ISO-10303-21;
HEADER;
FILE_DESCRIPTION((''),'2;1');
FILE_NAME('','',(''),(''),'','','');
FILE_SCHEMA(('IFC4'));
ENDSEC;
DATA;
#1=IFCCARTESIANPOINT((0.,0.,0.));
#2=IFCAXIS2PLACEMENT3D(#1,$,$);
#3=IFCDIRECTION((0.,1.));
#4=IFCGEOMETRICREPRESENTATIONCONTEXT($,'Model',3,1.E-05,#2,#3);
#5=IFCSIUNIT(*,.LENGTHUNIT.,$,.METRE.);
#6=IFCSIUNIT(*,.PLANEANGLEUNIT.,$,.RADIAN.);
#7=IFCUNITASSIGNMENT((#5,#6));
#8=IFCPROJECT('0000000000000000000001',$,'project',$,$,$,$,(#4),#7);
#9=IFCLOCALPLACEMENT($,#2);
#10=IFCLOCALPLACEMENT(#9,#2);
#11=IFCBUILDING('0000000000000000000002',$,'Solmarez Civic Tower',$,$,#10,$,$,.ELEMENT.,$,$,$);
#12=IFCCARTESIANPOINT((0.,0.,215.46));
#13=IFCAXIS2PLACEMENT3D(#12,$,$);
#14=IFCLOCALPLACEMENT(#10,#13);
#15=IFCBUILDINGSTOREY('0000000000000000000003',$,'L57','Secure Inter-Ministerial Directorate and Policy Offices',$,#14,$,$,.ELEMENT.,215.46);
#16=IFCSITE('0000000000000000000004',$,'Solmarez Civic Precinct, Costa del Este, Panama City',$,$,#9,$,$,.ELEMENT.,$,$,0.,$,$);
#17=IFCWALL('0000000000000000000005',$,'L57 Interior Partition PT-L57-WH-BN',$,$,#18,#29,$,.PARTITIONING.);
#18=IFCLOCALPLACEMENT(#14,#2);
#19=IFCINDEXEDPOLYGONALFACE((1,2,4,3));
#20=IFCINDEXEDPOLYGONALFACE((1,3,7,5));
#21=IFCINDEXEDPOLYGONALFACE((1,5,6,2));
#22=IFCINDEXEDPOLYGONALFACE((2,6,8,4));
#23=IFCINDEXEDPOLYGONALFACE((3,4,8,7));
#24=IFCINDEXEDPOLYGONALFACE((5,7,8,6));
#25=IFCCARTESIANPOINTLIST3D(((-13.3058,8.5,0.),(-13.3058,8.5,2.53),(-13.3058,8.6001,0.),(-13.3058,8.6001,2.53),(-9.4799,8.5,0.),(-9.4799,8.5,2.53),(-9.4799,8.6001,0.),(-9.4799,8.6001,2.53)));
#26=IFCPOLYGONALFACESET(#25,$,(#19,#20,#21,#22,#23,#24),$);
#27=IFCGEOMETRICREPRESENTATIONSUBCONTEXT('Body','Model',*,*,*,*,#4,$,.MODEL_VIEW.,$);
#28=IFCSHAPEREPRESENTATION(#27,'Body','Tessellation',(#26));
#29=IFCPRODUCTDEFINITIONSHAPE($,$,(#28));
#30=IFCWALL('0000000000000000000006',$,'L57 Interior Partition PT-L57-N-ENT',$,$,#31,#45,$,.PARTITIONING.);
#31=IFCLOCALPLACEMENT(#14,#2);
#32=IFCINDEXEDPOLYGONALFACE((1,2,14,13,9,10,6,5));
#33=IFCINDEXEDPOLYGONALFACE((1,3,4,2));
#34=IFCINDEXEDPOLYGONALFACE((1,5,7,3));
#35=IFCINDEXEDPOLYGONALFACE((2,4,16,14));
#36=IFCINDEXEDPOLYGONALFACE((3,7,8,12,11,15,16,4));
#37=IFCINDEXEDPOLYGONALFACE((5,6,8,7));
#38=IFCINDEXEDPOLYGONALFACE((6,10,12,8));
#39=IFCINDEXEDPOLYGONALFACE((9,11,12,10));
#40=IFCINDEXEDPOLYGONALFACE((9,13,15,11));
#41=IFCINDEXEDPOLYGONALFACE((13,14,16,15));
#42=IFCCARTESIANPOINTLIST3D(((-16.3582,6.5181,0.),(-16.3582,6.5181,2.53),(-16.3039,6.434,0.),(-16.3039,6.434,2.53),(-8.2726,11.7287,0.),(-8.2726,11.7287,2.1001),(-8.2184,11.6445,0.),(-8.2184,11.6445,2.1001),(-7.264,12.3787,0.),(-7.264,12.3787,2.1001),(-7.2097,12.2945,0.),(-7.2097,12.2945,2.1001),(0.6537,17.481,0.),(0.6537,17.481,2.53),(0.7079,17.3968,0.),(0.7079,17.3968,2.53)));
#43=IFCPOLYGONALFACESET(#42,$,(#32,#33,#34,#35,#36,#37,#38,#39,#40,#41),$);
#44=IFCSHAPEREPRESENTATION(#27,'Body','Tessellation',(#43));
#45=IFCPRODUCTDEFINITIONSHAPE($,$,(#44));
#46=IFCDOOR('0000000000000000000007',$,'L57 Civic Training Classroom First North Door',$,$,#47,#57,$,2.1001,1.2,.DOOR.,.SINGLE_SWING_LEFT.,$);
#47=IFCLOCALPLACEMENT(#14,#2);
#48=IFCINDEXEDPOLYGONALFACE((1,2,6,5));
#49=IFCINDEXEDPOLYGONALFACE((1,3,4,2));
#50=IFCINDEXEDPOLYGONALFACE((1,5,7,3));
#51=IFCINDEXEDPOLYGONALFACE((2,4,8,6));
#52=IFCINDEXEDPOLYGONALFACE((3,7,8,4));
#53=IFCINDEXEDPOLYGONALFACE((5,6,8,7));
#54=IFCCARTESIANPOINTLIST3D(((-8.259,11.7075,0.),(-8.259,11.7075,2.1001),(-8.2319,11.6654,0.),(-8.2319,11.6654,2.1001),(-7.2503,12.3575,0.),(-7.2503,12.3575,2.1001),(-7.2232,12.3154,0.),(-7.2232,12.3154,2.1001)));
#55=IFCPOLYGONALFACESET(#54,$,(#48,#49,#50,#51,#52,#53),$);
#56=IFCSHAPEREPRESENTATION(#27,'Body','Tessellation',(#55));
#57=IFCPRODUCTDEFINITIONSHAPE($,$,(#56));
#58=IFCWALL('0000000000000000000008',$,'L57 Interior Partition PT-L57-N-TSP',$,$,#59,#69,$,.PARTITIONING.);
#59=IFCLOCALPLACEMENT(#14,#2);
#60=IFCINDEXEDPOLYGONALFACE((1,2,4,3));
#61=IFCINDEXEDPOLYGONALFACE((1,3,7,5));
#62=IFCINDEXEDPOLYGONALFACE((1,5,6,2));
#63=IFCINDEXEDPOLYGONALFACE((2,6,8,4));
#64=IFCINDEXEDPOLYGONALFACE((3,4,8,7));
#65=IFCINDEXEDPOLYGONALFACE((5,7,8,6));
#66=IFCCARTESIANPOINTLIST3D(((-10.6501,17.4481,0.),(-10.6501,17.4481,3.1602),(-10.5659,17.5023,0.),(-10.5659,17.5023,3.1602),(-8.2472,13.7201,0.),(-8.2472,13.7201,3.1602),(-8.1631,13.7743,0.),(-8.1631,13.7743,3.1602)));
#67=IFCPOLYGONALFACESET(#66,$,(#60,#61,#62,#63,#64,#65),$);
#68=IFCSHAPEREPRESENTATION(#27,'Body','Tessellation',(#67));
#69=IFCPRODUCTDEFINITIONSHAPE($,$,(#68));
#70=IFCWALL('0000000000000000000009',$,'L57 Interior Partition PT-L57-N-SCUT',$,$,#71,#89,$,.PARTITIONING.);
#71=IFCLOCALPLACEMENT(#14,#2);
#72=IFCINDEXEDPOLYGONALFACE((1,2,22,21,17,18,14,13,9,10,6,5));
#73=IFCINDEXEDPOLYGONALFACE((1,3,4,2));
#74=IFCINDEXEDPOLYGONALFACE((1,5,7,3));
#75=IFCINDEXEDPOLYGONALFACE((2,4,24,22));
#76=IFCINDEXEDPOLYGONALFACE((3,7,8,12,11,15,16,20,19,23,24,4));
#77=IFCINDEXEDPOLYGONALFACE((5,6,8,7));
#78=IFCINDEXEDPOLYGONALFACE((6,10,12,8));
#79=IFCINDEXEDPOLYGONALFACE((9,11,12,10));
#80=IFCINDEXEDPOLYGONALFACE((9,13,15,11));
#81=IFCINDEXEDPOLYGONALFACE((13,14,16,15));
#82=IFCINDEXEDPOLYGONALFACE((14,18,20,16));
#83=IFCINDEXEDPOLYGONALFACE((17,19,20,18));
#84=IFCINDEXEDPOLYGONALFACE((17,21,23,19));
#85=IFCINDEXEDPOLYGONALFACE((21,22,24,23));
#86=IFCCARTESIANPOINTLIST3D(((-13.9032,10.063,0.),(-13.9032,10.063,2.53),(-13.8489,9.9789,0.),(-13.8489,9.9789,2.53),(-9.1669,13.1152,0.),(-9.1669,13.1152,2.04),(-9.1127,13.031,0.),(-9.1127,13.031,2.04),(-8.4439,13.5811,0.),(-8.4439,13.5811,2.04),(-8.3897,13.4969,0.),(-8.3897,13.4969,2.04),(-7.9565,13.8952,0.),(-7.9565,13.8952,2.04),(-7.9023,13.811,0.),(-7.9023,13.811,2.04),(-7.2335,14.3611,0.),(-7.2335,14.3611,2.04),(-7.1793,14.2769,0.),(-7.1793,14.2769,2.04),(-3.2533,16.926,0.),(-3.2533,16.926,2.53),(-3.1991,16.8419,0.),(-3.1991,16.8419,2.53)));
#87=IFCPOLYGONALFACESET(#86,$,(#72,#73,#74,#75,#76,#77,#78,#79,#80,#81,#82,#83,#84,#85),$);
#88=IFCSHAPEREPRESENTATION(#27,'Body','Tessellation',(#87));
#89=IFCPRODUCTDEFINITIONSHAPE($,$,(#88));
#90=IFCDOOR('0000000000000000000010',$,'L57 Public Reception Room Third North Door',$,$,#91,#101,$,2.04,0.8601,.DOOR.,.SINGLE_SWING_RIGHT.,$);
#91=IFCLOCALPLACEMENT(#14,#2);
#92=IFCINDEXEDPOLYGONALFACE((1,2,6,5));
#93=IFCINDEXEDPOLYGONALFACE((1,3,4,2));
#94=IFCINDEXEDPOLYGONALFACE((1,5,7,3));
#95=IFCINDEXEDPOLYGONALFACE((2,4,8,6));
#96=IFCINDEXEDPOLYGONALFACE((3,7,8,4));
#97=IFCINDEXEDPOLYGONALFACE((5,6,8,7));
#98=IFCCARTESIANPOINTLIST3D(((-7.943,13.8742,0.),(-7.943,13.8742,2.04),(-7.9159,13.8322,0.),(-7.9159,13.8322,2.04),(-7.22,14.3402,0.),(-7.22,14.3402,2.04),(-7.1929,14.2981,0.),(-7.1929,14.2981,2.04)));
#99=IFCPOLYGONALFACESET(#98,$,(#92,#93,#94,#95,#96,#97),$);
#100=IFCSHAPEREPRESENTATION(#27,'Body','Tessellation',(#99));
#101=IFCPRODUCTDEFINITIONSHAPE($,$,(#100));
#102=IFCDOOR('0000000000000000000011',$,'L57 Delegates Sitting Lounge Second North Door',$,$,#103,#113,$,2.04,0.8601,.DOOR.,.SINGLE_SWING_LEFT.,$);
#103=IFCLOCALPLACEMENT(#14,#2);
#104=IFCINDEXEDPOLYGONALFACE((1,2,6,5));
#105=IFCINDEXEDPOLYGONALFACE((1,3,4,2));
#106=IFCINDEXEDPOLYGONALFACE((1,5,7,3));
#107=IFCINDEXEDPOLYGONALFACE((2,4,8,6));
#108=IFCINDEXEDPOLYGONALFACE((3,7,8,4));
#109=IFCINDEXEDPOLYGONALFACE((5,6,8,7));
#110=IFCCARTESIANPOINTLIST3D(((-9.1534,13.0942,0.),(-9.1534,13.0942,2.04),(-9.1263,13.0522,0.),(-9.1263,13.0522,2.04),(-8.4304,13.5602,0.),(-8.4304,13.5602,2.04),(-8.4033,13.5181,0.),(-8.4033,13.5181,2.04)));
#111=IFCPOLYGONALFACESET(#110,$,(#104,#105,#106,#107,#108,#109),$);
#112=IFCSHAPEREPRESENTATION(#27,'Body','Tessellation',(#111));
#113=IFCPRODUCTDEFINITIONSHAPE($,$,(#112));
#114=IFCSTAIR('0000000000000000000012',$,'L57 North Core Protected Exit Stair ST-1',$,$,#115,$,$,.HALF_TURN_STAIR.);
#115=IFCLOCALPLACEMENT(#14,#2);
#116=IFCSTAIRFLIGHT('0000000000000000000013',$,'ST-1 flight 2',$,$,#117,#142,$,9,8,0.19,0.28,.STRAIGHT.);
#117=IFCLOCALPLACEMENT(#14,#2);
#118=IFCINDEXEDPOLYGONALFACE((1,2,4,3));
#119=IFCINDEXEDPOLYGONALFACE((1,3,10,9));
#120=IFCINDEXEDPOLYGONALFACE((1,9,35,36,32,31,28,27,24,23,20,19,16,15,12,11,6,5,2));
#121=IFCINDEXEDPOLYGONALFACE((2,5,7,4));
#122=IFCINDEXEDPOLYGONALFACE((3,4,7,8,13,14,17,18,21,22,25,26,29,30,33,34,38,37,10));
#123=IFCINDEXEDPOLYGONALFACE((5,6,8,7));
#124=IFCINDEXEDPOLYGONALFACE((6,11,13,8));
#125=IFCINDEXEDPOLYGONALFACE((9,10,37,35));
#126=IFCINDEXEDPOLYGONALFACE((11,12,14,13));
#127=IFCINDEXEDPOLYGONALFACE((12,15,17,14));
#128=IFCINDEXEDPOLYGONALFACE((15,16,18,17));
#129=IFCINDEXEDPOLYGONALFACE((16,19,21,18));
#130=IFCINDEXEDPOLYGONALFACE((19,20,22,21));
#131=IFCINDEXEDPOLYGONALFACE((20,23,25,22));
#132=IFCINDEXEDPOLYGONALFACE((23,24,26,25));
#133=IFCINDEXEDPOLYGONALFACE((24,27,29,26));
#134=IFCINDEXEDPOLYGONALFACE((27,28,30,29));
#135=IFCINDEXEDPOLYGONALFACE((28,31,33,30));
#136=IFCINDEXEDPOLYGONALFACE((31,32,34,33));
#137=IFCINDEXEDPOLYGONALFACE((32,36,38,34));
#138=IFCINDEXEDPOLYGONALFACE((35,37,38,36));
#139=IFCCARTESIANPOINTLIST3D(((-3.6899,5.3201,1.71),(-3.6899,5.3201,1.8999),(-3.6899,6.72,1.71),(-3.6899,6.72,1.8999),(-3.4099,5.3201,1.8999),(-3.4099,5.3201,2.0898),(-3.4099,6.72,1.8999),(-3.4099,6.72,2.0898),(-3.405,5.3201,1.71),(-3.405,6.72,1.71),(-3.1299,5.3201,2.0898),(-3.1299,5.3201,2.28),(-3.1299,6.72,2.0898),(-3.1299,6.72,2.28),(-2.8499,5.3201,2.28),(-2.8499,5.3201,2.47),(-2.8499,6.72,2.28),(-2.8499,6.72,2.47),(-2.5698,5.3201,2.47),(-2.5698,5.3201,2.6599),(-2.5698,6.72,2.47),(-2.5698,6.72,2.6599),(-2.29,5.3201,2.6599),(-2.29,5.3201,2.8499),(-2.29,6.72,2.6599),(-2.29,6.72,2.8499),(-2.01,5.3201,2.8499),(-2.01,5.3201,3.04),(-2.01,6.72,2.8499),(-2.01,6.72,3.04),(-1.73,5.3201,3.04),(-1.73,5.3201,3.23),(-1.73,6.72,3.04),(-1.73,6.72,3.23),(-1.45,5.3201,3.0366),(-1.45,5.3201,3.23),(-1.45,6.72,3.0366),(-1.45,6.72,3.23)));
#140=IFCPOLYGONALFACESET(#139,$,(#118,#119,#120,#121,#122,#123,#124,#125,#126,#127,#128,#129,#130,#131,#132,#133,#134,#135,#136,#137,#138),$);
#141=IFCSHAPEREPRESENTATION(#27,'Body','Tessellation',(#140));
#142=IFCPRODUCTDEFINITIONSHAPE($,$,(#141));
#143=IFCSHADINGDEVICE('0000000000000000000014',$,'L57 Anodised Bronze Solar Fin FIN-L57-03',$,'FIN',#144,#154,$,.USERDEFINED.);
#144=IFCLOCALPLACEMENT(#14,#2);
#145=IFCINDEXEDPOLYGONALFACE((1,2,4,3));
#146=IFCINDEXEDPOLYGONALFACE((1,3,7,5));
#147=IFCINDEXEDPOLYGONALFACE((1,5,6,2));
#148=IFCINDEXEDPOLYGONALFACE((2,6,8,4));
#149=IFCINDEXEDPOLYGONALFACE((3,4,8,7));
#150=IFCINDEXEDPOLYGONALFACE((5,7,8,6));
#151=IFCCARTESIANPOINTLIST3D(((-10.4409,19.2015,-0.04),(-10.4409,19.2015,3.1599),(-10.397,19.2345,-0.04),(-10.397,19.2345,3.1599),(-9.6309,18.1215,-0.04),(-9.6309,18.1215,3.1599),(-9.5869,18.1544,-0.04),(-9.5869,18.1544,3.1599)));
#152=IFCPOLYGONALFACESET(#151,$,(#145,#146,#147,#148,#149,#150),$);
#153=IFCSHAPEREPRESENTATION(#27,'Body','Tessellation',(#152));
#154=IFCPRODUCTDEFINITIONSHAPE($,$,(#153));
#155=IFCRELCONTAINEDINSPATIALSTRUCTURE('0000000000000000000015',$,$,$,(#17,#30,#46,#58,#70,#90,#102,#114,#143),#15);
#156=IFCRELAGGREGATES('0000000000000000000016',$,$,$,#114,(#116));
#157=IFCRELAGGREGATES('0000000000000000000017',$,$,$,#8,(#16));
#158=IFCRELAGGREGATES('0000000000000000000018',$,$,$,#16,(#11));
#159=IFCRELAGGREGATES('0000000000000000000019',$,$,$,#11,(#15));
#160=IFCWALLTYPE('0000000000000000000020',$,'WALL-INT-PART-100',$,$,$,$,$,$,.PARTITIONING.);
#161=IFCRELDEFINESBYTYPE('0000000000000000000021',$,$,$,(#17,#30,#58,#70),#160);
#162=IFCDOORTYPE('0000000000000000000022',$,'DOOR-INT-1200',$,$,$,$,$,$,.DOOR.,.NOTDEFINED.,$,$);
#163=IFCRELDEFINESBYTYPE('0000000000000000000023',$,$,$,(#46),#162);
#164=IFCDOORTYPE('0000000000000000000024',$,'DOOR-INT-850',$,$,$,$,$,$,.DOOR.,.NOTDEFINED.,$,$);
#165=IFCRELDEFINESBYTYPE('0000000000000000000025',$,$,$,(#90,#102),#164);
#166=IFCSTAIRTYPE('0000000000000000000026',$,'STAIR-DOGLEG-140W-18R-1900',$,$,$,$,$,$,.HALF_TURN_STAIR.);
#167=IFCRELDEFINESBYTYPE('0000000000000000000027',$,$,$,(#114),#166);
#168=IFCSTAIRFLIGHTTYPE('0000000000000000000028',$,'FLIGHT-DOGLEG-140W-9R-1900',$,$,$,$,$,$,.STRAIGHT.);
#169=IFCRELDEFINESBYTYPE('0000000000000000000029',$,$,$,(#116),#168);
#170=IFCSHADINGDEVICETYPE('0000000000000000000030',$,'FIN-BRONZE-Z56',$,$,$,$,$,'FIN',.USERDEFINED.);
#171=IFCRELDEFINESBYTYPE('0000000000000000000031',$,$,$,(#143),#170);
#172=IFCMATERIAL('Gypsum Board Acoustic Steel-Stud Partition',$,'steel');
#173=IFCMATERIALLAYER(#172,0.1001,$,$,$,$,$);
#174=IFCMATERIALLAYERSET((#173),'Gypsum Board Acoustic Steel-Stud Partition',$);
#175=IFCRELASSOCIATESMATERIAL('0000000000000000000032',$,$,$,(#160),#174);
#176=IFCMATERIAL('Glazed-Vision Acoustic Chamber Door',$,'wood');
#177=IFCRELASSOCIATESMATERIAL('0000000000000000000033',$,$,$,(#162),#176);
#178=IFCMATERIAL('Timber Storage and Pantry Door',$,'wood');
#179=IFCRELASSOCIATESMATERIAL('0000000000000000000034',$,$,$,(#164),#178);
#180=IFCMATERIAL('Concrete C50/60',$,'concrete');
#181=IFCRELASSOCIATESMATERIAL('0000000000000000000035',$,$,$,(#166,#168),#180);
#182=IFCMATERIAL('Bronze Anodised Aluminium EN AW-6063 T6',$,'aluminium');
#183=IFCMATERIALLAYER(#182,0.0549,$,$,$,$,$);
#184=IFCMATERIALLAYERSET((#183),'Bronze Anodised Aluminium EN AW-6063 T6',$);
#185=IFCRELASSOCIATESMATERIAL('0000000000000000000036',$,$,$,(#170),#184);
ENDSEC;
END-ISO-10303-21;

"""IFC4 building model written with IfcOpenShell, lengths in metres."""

from ifc_helpers import new_model, si_unit, direction, frame, frame_2d, origin, origin_2d, place, context, subcontext, project, spatial, polyline, rectangle, outline, extrude, material, layer, layer_set, type_object, element, fill, aggregate, save


model = new_model("IFC4")

# Units and contexts
model_context = context("Model", 3, precision=1e-05, world=origin(), true_north=direction((0.0, 1.0)))
body_context = subcontext(model_context, "Body", "Model", "MODEL_VIEW")
ifc_project = project(units=[si_unit("LENGTHUNIT", "METRE"), si_unit("PLANEANGLEUNIT", "RADIAN")], contexts=[model_context])

# Site, building, storey
site_placement = place(None, origin())
site = spatial("IfcSite", under=ifc_project, at=site_placement, Name="Solmarez Civic Precinct, Costa del Este, Panama City", CompositionType="ELEMENT", RefElevation=0.0)
building_placement = place(site_placement, origin())
building = spatial("IfcBuilding", under=site, at=building_placement, Name="Solmarez Civic Tower", CompositionType="ELEMENT")
storey_placement = place(building_placement, frame((0.0, 0.0, 215.46)))
storey = spatial("IfcBuildingStorey", under=building, at=storey_placement, Name="L57", Description="Secure Inter-Ministerial Directorate and Policy Offices", CompositionType="ELEMENT", Elevation=215.46)

# Shared definitions
ifc_material_1 = material(Name="Concrete C50/60", Category="concrete")

# Wall
ifc_material_2 = material(Name="Gypsum Board Acoustic Steel-Stud Partition", Category="steel")
ifc_layer_1 = layer(ifc_material_2, 0.1001)
ifc_layer_set_1 = layer_set([ifc_layer_1], Name="Gypsum Board Acoustic Steel-Stud Partition")
wall_type_1 = type_object("IfcWallType", Name="WALL-INT-PART-100", PredefinedType="PARTITIONING", material=ifc_layer_set_1)
wall_1_placement = place(storey_placement, frame((-13.3059, 8.55, 0.0), z_axis=(0.0, 0.0, 1.0), x_axis=(1.0, 0.0, 0.0)))
element("IfcWall", 1, at=wall_1_placement, inside=storey, type_object=wall_type_1, Name="L57 Interior Partition PT-L57-WH-BN", PredefinedType="PARTITIONING", context=body_context, shape_type="SweptSolid", body=[
    extrude(rectangle(XDim=3.8259, YDim=0.1001, at=frame_2d((1.9131, 0.0))), origin(), (0.0, 0.0, 1.0), 2.53),
])

# Wall, opening, door
wall_2_placement = place(storey_placement, frame((-16.3311, 6.4761, 0.0), z_axis=(0.0, 0.0, 1.0), x_axis=(0.840579, 0.541688, 0.0)))
wall_2 = element("IfcWall", 2, at=wall_2_placement, inside=storey, type_object=wall_type_1, Name="L57 Interior Partition PT-L57-N-ENT", PredefinedType="PARTITIONING", context=body_context, shape_type="SweptSolid", body=[
    extrude(rectangle(XDim=20.2383, YDim=0.1001, at=frame_2d((10.1191, 0.0))), origin(), (0.0, 0.0, 1.0), 2.53),
])
opening_1_placement = place(wall_2_placement, frame((9.6189, 0.0, 0.0)))
opening_1 = element("IfcOpeningElement", 3, at=opening_1_placement, cuts=wall_2, PredefinedType="OPENING", context=body_context, shape_type="SweptSolid", body=[
    extrude(rectangle(XDim=1.2, YDim=2.1001, at=frame_2d((0.6001, 1.05))), frame((0.0, 0.0601, 0.0), z_axis=(0.0, -1.0, 0.0), x_axis=(1.0, 0.0, 0.0)), (0.0, 0.0, 1.0), 0.1201),
])
ifc_material_3 = material(Name="Glazed-Vision Acoustic Chamber Door", Category="wood")
door_type_1 = type_object("IfcDoorType", Name="DOOR-INT-1200", OperationType="NOTDEFINED", PredefinedType="DOOR", material=ifc_material_3)
door_1_placement = place(opening_1_placement, origin())
door_1 = element("IfcDoor", 4, at=door_1_placement, inside=storey, type_object=door_type_1, Name="L57 Civic Training Classroom First North Door", OperationType="SINGLE_SWING_LEFT", OverallHeight=2.1001, OverallWidth=1.2, PredefinedType="DOOR", context=body_context, shape_type="SweptSolid", body=[
    extrude(rectangle(XDim=1.2, YDim=2.1001, at=frame_2d((0.6001, 1.05))), frame((0.0, 0.0249, 0.0), z_axis=(0.0, -1.0, 0.0), x_axis=(1.0, 0.0, 0.0)), (0.0, 0.0, 1.0), 0.05),
])
fill(opening_1, door_1)

# Wall
wall_3_placement = place(storey_placement, frame((-8.2051, 13.7471, 0.0), z_axis=(0.0, 0.0, 1.0), x_axis=(-0.541753, 0.840538, 0.0)))
element("IfcWall", 5, at=wall_3_placement, inside=storey, type_object=wall_type_1, Name="L57 Interior Partition PT-L57-N-TSP", PredefinedType="PARTITIONING", context=body_context, shape_type="SweptSolid", body=[
    extrude(rectangle(XDim=4.4353, YDim=0.1001, at=frame_2d((2.2178, 0.0))), origin(), (0.0, 0.0, 1.0), 3.1602),
])

# Wall, openings, doors
wall_4_placement = place(storey_placement, frame((-3.2261, 16.884, 0.0), z_axis=(0.0, 0.0, 1.0), x_axis=(-0.840579, -0.541688, 0.0)))
wall_4 = element("IfcWall", 6, at=wall_4_placement, inside=storey, type_object=wall_type_1, Name="L57 Interior Partition PT-L57-N-SCUT", PredefinedType="PARTITIONING", context=body_context, shape_type="SweptSolid", body=[
    extrude(rectangle(XDim=12.6697, YDim=0.1001, at=frame_2d((6.335, 0.0))), origin(), (0.0, 0.0, 1.0), 2.53),
])
opening_2_placement = place(wall_4_placement, frame((4.7351, 0.0, 0.0)))
opening_2 = element("IfcOpeningElement", 7, at=opening_2_placement, cuts=wall_4, PredefinedType="OPENING", context=body_context, shape_type="SweptSolid", body=[
    extrude(rectangle(XDim=0.8601, YDim=2.04, at=frame_2d((0.4302, 1.02))), frame((0.0, 0.0601, 0.0), z_axis=(0.0, -1.0, 0.0), x_axis=(1.0, 0.0, 0.0)), (0.0, 0.0, 1.0), 0.1201),
])
opening_3_placement = place(wall_4_placement, frame((6.175, 0.0, 0.0)))
opening_3 = element("IfcOpeningElement", 8, at=opening_3_placement, cuts=wall_4, PredefinedType="OPENING", context=body_context, shape_type="SweptSolid", body=[
    extrude(rectangle(XDim=0.8601, YDim=2.04, at=frame_2d((0.4302, 1.02))), frame((0.0, 0.0601, 0.0), z_axis=(0.0, -1.0, 0.0), x_axis=(1.0, 0.0, 0.0)), (0.0, 0.0, 1.0), 0.1201),
])
ifc_material_4 = material(Name="Timber Storage and Pantry Door", Category="wood")
door_type_2 = type_object("IfcDoorType", Name="DOOR-INT-850", OperationType="NOTDEFINED", PredefinedType="DOOR", material=ifc_material_4)
door_2_placement = place(opening_2_placement, origin())
door_2 = element("IfcDoor", 9, at=door_2_placement, inside=storey, type_object=door_type_2, Name="L57 Public Reception Room Third North Door", OperationType="SINGLE_SWING_RIGHT", OverallHeight=2.04, OverallWidth=0.8601, PredefinedType="DOOR", context=body_context, shape_type="SweptSolid", body=[
    extrude(rectangle(XDim=0.8601, YDim=2.04, at=frame_2d((0.4302, 1.02))), frame((0.0, 0.0249, 0.0), z_axis=(0.0, -1.0, 0.0), x_axis=(1.0, 0.0, 0.0)), (0.0, 0.0, 1.0), 0.05),
])
fill(opening_2, door_2)
door_3_placement = place(opening_3_placement, origin())
door_3 = element("IfcDoor", 10, at=door_3_placement, inside=storey, type_object=door_type_2, Name="L57 Delegates Sitting Lounge Second North Door", OperationType="SINGLE_SWING_LEFT", OverallHeight=2.04, OverallWidth=0.8601, PredefinedType="DOOR", context=body_context, shape_type="SweptSolid", body=[
    extrude(rectangle(XDim=0.8601, YDim=2.04, at=frame_2d((0.4302, 1.02))), frame((0.0, 0.0249, 0.0), z_axis=(0.0, -1.0, 0.0), x_axis=(1.0, 0.0, 0.0)), (0.0, 0.0, 1.0), 0.05),
])
fill(opening_3, door_3)

# Stair, stair flight
stair_type = type_object("IfcStairType", Name="STAIR-DOGLEG-140W-18R-1900", PredefinedType="HALF_TURN_STAIR", material=ifc_material_1)
stair_placement = place(storey_placement, origin())
stair = element("IfcStair", 11, at=stair_placement, inside=storey, type_object=stair_type, Name="L57 North Core Protected Exit Stair ST-1", PredefinedType="HALF_TURN_STAIR")
stair_flight_type = type_object("IfcStairFlightType", Name="FLIGHT-DOGLEG-140W-9R-1900", PredefinedType="STRAIGHT", material=ifc_material_1)
stair_flight_placement = place(storey_placement, frame((-3.6899, 6.02, 1.71), z_axis=(0.0, 0.0, 1.0), x_axis=(1.0, 0.0, 0.0)))
stair_flight = element("IfcStairFlight", 12, at=stair_flight_placement, type_object=stair_flight_type, Name="ST-1 flight 2", NumberOfRisers=9, NumberOfTreads=8, PredefinedType="STRAIGHT", RiserHeight=0.19, TreadLength=0.28, context=body_context, shape_type="SweptSolid", body=[
    extrude(outline(polyline([(0.0, 0.0), (0.0, 0.1899), (0.28, 0.1899), (0.28, 0.3799), (0.5601, 0.3799), (0.5601, 0.5701), (0.8401, 0.5701), (0.8401, 0.76), (1.1201, 0.76), (1.1201, 0.95), (1.3999, 0.95), (1.3999, 1.1399), (1.6799, 1.1399), (1.6799, 1.3301), (1.96, 1.3301), (1.96, 1.52), (2.24, 1.52), (2.24, 1.71), (2.24, 1.3267), (0.2849, 0.0), (0.0, 0.0)])), frame((0.0, 0.7, 0.0), z_axis=(0.0, -1.0, 0.0), x_axis=(1.0, 0.0, 0.0)), (0.0, 0.0, 1.0), 1.3999),
])
aggregate(stair, [stair_flight])

# Shading device
ifc_material_5 = material(Name="Bronze Anodised Aluminium EN AW-6063 T6", Category="aluminium")
ifc_layer_2 = layer(ifc_material_5, 0.0549)
ifc_layer_set_2 = layer_set([ifc_layer_2], Name="Bronze Anodised Aluminium EN AW-6063 T6")
shading_device_type = type_object("IfcShadingDeviceType", Name="FIN-BRONZE-Z56", ElementType="FIN", PredefinedType="USERDEFINED", material=ifc_layer_set_2)
shading_device_placement = place(storey_placement, frame((-10.0139, 18.678, -0.04), z_axis=(0.0, 0.0, 1.0), x_axis=(-0.600001, 0.799999, 0.0)))
element("IfcShadingDevice", 13, at=shading_device_placement, inside=storey, type_object=shading_device_type, Name="L57 Anodised Bronze Solar Fin FIN-L57-03", ObjectType="FIN", PredefinedType="USERDEFINED", context=body_context, shape_type="SweptSolid", body=[
    extrude(rectangle(XDim=1.3501, YDim=0.0549, at=origin_2d()), origin(), (0.0, 0.0, 1.0), 3.2),
])

save(model, "model.ifc")
